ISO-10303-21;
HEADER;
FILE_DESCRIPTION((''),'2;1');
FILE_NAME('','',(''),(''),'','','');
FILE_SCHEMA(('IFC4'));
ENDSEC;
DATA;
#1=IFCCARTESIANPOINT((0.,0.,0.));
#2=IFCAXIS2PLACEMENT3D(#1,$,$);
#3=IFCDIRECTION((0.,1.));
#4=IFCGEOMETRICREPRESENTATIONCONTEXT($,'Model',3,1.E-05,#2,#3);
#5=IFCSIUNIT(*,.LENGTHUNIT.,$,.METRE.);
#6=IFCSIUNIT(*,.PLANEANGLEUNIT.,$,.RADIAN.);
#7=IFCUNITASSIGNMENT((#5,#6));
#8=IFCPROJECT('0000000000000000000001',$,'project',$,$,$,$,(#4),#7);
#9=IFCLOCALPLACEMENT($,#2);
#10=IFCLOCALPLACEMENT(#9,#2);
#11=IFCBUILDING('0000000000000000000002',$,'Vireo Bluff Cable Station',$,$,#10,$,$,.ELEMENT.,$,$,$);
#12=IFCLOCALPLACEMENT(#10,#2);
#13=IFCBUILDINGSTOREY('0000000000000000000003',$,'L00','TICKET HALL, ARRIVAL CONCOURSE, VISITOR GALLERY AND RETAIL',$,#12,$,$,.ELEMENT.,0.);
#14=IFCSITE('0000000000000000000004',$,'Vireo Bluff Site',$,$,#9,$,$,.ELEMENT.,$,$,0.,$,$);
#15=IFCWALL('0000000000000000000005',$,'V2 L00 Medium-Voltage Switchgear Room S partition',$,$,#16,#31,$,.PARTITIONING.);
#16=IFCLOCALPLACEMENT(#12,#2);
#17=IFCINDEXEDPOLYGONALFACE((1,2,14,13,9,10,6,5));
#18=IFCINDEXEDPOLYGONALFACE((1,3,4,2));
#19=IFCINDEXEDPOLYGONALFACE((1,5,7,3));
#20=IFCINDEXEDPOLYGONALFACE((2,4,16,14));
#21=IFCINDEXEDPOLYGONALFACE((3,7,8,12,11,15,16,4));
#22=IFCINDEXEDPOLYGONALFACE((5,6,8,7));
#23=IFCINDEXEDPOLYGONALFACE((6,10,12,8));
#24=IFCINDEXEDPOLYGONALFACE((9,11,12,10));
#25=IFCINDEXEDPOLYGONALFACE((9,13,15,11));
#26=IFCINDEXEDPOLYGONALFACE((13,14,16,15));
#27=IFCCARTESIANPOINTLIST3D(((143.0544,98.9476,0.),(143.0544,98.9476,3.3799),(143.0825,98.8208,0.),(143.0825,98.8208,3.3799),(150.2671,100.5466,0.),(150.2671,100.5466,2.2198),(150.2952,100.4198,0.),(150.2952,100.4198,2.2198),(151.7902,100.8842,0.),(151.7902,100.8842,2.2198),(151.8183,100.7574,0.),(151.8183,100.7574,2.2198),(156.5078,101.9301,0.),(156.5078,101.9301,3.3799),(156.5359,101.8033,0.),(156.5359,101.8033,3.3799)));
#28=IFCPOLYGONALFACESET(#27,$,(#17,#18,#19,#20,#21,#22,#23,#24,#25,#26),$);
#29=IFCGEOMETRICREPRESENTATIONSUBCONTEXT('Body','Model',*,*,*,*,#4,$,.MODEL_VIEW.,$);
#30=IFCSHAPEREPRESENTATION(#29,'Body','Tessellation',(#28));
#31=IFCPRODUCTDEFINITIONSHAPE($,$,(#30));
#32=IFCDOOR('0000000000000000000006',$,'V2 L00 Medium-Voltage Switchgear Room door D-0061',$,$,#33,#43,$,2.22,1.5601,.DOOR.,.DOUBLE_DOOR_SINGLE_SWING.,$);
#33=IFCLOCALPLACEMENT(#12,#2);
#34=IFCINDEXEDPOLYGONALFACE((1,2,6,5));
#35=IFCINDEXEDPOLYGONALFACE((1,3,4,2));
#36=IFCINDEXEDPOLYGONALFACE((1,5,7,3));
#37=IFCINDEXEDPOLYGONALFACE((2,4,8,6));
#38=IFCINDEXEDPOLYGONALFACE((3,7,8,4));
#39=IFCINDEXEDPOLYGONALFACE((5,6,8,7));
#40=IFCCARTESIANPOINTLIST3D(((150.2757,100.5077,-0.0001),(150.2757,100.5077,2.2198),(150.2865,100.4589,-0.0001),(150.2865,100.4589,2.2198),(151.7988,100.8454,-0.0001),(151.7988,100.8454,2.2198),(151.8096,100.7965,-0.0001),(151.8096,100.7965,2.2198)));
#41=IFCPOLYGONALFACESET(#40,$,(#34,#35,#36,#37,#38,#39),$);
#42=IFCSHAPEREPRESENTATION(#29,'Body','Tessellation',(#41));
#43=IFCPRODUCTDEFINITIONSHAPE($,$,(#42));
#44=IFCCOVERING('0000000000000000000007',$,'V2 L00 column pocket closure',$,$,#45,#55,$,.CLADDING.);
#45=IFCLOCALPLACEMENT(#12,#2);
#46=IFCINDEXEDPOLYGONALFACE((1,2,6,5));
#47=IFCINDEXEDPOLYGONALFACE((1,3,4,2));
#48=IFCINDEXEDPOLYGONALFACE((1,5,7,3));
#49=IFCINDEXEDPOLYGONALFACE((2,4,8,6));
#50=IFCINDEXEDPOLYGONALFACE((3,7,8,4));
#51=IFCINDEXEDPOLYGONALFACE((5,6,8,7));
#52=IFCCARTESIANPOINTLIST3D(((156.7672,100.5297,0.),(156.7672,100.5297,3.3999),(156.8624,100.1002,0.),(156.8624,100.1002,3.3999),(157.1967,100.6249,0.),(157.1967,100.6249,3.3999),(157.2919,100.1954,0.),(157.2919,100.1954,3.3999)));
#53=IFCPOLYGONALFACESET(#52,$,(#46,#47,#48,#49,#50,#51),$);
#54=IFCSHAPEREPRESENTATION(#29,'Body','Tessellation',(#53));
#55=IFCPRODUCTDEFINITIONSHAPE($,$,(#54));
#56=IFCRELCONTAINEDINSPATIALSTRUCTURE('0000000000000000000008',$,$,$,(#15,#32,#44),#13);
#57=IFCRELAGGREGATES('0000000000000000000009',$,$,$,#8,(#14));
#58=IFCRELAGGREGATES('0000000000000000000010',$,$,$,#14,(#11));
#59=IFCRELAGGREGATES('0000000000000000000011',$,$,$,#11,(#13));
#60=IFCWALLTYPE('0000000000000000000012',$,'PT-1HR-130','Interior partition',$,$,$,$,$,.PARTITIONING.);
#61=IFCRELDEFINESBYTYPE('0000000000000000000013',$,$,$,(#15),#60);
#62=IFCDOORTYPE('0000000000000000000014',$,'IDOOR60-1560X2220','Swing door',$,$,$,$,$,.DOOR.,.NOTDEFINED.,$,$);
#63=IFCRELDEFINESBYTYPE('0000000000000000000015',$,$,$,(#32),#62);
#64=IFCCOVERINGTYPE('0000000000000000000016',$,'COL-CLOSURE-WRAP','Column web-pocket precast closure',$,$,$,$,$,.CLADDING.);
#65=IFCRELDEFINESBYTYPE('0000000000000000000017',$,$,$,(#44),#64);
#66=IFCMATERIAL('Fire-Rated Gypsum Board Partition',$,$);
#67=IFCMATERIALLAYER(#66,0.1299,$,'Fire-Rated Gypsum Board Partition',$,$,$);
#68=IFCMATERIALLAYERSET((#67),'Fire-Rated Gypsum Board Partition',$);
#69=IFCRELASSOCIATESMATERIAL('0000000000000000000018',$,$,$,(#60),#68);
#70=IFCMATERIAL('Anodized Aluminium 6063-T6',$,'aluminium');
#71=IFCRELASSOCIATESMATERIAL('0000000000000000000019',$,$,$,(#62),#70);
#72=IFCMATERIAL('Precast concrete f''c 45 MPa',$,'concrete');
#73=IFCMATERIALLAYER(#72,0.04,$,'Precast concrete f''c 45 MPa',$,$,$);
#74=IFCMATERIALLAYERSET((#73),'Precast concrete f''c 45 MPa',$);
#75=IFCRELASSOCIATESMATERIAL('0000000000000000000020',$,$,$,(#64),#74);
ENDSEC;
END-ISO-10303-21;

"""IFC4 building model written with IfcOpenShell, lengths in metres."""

from ifc_helpers import new_model, si_unit, direction, frame, frame_2d, origin, origin_with_axes, origin_2d, place, context, subcontext, project, spatial, rectangle, extrude, material, layer, layer_set, type_object, element, fill, save


model = new_model("IFC4")

# Units and contexts
model_context = context("Model", 3, precision=1e-05, world=origin(), true_north=direction((0.0, 1.0)))
body_context = subcontext(model_context, "Body", "Model", "MODEL_VIEW")
ifc_project = project(units=[si_unit("LENGTHUNIT", "METRE"), si_unit("PLANEANGLEUNIT", "RADIAN")], contexts=[model_context])

# Site, building, storey
site_placement = place(None, origin())
site = spatial("IfcSite", under=ifc_project, at=site_placement, Name="Vireo Bluff Site", CompositionType="ELEMENT", RefElevation=0.0)
building_placement = place(site_placement, origin())
building = spatial("IfcBuilding", under=site, at=building_placement, Name="Vireo Bluff Cable Station", CompositionType="ELEMENT")
storey_placement = place(building_placement, origin())
storey = spatial("IfcBuildingStorey", under=building, at=storey_placement, Name="L00", Description="TICKET HALL, ARRIVAL CONCOURSE, VISITOR GALLERY AND RETAIL", CompositionType="ELEMENT", Elevation=0.0)

# Shared definitions
ifc_material_1 = material(Name="Anodized Aluminium 6063-T6", Category="aluminium")

# Wall, opening, door
ifc_material_2 = material(Name="Precast concrete f'c 45 MPa", Category="concrete")
ifc_material_3 = material(Name="Fire-Rated Gypsum Board Partition")
ifc_layer_1 = layer(ifc_material_3, 0.1299, Name="Fire-Rated Gypsum Board Partition")
ifc_layer_set_1 = layer_set([ifc_layer_1], Name="Fire-Rated Gypsum Board Partition")
wall_type_1 = type_object("IfcWallType", Name="PT-1HR-130", Description="Interior partition", PredefinedType="PARTITIONING", material=ifc_layer_set_1)
wall_1_placement = place(storey_placement, frame((156.522, 101.8667, 0.0), z_axis=(0.0, 0.0, 1.0), x_axis=(-0.976298, -0.216431, 0.0)))
wall_1 = element("IfcWall", 1, at=wall_1_placement, inside=storey, type_object=wall_type_1, Name="V2 L00 Medium-Voltage Switchgear Room S partition", PredefinedType="PARTITIONING", context=body_context, shape_type="SweptSolid", body=[
    extrude(rectangle(XDim=13.78, YDim=0.1299, at=frame_2d((6.8901, 0.0))), origin(), (0.0, 0.0, 1.0), 3.3799),
])
opening_1_placement = place(wall_1_placement, frame((4.8323, 0.0, 0.0)))
opening_1 = element("IfcOpeningElement", 2, at=opening_1_placement, cuts=wall_1, PredefinedType="OPENING", context=body_context, shape_type="SweptSolid", body=[
    extrude(rectangle(XDim=1.5601, YDim=2.22, at=frame_2d((0.78, 1.1099))), frame((0.0, 0.075, 0.0), z_axis=(0.0, -1.0, 0.0), x_axis=(1.0, 0.0, 0.0)), (0.0, 0.0, 1.0), 0.1499),
])
door_type_1 = type_object("IfcDoorType", Name="IDOOR60-1560X2220", Description="Swing door", OperationType="NOTDEFINED", PredefinedType="DOOR", material=ifc_material_1)
door_1_placement = place(opening_1_placement, origin_with_axes())
door_1 = element("IfcDoor", 3, at=door_1_placement, inside=storey, type_object=door_type_1, Name="V2 L00 Medium-Voltage Switchgear Room door D-0061", OperationType="DOUBLE_DOOR_SINGLE_SWING", OverallHeight=2.22, OverallWidth=1.5601, PredefinedType="DOOR", context=body_context, shape_type="SweptSolid", body=[
    extrude(rectangle(XDim=1.5601, YDim=2.22, at=frame_2d((0.78, 1.1099))), frame((0.0, 0.0249, 0.0), z_axis=(0.0, -1.0, 0.0), x_axis=(1.0, 0.0, 0.0)), (0.0, 0.0, 1.0), 0.05),
])
fill(opening_1, door_1)

# Covering
ifc_layer_2 = layer(ifc_material_2, 0.04, Name="Precast concrete f'c 45 MPa")
ifc_layer_set_2 = layer_set([ifc_layer_2], Name="Precast concrete f'c 45 MPa")
covering_type = type_object("IfcCoveringType", Name="COL-CLOSURE-WRAP", Description="Column web-pocket precast closure", PredefinedType="CLADDING", material=ifc_layer_set_2)
covering_placement = place(storey_placement, frame((157.0295, 100.3625, 0.0), z_axis=(0.0, 0.0, 1.0), x_axis=(0.976296, 0.21644, 0.0)))
element("IfcCovering", 4, at=covering_placement, inside=storey, type_object=covering_type, Name="V2 L00 column pocket closure", PredefinedType="CLADDING", context=body_context, shape_type="SweptSolid", body=[
    extrude(rectangle(XDim=0.4399, YDim=0.4399, at=origin_2d()), origin(), (0.0, 0.0, 1.0), 3.3999),
])

save(model, "model.ifc")
